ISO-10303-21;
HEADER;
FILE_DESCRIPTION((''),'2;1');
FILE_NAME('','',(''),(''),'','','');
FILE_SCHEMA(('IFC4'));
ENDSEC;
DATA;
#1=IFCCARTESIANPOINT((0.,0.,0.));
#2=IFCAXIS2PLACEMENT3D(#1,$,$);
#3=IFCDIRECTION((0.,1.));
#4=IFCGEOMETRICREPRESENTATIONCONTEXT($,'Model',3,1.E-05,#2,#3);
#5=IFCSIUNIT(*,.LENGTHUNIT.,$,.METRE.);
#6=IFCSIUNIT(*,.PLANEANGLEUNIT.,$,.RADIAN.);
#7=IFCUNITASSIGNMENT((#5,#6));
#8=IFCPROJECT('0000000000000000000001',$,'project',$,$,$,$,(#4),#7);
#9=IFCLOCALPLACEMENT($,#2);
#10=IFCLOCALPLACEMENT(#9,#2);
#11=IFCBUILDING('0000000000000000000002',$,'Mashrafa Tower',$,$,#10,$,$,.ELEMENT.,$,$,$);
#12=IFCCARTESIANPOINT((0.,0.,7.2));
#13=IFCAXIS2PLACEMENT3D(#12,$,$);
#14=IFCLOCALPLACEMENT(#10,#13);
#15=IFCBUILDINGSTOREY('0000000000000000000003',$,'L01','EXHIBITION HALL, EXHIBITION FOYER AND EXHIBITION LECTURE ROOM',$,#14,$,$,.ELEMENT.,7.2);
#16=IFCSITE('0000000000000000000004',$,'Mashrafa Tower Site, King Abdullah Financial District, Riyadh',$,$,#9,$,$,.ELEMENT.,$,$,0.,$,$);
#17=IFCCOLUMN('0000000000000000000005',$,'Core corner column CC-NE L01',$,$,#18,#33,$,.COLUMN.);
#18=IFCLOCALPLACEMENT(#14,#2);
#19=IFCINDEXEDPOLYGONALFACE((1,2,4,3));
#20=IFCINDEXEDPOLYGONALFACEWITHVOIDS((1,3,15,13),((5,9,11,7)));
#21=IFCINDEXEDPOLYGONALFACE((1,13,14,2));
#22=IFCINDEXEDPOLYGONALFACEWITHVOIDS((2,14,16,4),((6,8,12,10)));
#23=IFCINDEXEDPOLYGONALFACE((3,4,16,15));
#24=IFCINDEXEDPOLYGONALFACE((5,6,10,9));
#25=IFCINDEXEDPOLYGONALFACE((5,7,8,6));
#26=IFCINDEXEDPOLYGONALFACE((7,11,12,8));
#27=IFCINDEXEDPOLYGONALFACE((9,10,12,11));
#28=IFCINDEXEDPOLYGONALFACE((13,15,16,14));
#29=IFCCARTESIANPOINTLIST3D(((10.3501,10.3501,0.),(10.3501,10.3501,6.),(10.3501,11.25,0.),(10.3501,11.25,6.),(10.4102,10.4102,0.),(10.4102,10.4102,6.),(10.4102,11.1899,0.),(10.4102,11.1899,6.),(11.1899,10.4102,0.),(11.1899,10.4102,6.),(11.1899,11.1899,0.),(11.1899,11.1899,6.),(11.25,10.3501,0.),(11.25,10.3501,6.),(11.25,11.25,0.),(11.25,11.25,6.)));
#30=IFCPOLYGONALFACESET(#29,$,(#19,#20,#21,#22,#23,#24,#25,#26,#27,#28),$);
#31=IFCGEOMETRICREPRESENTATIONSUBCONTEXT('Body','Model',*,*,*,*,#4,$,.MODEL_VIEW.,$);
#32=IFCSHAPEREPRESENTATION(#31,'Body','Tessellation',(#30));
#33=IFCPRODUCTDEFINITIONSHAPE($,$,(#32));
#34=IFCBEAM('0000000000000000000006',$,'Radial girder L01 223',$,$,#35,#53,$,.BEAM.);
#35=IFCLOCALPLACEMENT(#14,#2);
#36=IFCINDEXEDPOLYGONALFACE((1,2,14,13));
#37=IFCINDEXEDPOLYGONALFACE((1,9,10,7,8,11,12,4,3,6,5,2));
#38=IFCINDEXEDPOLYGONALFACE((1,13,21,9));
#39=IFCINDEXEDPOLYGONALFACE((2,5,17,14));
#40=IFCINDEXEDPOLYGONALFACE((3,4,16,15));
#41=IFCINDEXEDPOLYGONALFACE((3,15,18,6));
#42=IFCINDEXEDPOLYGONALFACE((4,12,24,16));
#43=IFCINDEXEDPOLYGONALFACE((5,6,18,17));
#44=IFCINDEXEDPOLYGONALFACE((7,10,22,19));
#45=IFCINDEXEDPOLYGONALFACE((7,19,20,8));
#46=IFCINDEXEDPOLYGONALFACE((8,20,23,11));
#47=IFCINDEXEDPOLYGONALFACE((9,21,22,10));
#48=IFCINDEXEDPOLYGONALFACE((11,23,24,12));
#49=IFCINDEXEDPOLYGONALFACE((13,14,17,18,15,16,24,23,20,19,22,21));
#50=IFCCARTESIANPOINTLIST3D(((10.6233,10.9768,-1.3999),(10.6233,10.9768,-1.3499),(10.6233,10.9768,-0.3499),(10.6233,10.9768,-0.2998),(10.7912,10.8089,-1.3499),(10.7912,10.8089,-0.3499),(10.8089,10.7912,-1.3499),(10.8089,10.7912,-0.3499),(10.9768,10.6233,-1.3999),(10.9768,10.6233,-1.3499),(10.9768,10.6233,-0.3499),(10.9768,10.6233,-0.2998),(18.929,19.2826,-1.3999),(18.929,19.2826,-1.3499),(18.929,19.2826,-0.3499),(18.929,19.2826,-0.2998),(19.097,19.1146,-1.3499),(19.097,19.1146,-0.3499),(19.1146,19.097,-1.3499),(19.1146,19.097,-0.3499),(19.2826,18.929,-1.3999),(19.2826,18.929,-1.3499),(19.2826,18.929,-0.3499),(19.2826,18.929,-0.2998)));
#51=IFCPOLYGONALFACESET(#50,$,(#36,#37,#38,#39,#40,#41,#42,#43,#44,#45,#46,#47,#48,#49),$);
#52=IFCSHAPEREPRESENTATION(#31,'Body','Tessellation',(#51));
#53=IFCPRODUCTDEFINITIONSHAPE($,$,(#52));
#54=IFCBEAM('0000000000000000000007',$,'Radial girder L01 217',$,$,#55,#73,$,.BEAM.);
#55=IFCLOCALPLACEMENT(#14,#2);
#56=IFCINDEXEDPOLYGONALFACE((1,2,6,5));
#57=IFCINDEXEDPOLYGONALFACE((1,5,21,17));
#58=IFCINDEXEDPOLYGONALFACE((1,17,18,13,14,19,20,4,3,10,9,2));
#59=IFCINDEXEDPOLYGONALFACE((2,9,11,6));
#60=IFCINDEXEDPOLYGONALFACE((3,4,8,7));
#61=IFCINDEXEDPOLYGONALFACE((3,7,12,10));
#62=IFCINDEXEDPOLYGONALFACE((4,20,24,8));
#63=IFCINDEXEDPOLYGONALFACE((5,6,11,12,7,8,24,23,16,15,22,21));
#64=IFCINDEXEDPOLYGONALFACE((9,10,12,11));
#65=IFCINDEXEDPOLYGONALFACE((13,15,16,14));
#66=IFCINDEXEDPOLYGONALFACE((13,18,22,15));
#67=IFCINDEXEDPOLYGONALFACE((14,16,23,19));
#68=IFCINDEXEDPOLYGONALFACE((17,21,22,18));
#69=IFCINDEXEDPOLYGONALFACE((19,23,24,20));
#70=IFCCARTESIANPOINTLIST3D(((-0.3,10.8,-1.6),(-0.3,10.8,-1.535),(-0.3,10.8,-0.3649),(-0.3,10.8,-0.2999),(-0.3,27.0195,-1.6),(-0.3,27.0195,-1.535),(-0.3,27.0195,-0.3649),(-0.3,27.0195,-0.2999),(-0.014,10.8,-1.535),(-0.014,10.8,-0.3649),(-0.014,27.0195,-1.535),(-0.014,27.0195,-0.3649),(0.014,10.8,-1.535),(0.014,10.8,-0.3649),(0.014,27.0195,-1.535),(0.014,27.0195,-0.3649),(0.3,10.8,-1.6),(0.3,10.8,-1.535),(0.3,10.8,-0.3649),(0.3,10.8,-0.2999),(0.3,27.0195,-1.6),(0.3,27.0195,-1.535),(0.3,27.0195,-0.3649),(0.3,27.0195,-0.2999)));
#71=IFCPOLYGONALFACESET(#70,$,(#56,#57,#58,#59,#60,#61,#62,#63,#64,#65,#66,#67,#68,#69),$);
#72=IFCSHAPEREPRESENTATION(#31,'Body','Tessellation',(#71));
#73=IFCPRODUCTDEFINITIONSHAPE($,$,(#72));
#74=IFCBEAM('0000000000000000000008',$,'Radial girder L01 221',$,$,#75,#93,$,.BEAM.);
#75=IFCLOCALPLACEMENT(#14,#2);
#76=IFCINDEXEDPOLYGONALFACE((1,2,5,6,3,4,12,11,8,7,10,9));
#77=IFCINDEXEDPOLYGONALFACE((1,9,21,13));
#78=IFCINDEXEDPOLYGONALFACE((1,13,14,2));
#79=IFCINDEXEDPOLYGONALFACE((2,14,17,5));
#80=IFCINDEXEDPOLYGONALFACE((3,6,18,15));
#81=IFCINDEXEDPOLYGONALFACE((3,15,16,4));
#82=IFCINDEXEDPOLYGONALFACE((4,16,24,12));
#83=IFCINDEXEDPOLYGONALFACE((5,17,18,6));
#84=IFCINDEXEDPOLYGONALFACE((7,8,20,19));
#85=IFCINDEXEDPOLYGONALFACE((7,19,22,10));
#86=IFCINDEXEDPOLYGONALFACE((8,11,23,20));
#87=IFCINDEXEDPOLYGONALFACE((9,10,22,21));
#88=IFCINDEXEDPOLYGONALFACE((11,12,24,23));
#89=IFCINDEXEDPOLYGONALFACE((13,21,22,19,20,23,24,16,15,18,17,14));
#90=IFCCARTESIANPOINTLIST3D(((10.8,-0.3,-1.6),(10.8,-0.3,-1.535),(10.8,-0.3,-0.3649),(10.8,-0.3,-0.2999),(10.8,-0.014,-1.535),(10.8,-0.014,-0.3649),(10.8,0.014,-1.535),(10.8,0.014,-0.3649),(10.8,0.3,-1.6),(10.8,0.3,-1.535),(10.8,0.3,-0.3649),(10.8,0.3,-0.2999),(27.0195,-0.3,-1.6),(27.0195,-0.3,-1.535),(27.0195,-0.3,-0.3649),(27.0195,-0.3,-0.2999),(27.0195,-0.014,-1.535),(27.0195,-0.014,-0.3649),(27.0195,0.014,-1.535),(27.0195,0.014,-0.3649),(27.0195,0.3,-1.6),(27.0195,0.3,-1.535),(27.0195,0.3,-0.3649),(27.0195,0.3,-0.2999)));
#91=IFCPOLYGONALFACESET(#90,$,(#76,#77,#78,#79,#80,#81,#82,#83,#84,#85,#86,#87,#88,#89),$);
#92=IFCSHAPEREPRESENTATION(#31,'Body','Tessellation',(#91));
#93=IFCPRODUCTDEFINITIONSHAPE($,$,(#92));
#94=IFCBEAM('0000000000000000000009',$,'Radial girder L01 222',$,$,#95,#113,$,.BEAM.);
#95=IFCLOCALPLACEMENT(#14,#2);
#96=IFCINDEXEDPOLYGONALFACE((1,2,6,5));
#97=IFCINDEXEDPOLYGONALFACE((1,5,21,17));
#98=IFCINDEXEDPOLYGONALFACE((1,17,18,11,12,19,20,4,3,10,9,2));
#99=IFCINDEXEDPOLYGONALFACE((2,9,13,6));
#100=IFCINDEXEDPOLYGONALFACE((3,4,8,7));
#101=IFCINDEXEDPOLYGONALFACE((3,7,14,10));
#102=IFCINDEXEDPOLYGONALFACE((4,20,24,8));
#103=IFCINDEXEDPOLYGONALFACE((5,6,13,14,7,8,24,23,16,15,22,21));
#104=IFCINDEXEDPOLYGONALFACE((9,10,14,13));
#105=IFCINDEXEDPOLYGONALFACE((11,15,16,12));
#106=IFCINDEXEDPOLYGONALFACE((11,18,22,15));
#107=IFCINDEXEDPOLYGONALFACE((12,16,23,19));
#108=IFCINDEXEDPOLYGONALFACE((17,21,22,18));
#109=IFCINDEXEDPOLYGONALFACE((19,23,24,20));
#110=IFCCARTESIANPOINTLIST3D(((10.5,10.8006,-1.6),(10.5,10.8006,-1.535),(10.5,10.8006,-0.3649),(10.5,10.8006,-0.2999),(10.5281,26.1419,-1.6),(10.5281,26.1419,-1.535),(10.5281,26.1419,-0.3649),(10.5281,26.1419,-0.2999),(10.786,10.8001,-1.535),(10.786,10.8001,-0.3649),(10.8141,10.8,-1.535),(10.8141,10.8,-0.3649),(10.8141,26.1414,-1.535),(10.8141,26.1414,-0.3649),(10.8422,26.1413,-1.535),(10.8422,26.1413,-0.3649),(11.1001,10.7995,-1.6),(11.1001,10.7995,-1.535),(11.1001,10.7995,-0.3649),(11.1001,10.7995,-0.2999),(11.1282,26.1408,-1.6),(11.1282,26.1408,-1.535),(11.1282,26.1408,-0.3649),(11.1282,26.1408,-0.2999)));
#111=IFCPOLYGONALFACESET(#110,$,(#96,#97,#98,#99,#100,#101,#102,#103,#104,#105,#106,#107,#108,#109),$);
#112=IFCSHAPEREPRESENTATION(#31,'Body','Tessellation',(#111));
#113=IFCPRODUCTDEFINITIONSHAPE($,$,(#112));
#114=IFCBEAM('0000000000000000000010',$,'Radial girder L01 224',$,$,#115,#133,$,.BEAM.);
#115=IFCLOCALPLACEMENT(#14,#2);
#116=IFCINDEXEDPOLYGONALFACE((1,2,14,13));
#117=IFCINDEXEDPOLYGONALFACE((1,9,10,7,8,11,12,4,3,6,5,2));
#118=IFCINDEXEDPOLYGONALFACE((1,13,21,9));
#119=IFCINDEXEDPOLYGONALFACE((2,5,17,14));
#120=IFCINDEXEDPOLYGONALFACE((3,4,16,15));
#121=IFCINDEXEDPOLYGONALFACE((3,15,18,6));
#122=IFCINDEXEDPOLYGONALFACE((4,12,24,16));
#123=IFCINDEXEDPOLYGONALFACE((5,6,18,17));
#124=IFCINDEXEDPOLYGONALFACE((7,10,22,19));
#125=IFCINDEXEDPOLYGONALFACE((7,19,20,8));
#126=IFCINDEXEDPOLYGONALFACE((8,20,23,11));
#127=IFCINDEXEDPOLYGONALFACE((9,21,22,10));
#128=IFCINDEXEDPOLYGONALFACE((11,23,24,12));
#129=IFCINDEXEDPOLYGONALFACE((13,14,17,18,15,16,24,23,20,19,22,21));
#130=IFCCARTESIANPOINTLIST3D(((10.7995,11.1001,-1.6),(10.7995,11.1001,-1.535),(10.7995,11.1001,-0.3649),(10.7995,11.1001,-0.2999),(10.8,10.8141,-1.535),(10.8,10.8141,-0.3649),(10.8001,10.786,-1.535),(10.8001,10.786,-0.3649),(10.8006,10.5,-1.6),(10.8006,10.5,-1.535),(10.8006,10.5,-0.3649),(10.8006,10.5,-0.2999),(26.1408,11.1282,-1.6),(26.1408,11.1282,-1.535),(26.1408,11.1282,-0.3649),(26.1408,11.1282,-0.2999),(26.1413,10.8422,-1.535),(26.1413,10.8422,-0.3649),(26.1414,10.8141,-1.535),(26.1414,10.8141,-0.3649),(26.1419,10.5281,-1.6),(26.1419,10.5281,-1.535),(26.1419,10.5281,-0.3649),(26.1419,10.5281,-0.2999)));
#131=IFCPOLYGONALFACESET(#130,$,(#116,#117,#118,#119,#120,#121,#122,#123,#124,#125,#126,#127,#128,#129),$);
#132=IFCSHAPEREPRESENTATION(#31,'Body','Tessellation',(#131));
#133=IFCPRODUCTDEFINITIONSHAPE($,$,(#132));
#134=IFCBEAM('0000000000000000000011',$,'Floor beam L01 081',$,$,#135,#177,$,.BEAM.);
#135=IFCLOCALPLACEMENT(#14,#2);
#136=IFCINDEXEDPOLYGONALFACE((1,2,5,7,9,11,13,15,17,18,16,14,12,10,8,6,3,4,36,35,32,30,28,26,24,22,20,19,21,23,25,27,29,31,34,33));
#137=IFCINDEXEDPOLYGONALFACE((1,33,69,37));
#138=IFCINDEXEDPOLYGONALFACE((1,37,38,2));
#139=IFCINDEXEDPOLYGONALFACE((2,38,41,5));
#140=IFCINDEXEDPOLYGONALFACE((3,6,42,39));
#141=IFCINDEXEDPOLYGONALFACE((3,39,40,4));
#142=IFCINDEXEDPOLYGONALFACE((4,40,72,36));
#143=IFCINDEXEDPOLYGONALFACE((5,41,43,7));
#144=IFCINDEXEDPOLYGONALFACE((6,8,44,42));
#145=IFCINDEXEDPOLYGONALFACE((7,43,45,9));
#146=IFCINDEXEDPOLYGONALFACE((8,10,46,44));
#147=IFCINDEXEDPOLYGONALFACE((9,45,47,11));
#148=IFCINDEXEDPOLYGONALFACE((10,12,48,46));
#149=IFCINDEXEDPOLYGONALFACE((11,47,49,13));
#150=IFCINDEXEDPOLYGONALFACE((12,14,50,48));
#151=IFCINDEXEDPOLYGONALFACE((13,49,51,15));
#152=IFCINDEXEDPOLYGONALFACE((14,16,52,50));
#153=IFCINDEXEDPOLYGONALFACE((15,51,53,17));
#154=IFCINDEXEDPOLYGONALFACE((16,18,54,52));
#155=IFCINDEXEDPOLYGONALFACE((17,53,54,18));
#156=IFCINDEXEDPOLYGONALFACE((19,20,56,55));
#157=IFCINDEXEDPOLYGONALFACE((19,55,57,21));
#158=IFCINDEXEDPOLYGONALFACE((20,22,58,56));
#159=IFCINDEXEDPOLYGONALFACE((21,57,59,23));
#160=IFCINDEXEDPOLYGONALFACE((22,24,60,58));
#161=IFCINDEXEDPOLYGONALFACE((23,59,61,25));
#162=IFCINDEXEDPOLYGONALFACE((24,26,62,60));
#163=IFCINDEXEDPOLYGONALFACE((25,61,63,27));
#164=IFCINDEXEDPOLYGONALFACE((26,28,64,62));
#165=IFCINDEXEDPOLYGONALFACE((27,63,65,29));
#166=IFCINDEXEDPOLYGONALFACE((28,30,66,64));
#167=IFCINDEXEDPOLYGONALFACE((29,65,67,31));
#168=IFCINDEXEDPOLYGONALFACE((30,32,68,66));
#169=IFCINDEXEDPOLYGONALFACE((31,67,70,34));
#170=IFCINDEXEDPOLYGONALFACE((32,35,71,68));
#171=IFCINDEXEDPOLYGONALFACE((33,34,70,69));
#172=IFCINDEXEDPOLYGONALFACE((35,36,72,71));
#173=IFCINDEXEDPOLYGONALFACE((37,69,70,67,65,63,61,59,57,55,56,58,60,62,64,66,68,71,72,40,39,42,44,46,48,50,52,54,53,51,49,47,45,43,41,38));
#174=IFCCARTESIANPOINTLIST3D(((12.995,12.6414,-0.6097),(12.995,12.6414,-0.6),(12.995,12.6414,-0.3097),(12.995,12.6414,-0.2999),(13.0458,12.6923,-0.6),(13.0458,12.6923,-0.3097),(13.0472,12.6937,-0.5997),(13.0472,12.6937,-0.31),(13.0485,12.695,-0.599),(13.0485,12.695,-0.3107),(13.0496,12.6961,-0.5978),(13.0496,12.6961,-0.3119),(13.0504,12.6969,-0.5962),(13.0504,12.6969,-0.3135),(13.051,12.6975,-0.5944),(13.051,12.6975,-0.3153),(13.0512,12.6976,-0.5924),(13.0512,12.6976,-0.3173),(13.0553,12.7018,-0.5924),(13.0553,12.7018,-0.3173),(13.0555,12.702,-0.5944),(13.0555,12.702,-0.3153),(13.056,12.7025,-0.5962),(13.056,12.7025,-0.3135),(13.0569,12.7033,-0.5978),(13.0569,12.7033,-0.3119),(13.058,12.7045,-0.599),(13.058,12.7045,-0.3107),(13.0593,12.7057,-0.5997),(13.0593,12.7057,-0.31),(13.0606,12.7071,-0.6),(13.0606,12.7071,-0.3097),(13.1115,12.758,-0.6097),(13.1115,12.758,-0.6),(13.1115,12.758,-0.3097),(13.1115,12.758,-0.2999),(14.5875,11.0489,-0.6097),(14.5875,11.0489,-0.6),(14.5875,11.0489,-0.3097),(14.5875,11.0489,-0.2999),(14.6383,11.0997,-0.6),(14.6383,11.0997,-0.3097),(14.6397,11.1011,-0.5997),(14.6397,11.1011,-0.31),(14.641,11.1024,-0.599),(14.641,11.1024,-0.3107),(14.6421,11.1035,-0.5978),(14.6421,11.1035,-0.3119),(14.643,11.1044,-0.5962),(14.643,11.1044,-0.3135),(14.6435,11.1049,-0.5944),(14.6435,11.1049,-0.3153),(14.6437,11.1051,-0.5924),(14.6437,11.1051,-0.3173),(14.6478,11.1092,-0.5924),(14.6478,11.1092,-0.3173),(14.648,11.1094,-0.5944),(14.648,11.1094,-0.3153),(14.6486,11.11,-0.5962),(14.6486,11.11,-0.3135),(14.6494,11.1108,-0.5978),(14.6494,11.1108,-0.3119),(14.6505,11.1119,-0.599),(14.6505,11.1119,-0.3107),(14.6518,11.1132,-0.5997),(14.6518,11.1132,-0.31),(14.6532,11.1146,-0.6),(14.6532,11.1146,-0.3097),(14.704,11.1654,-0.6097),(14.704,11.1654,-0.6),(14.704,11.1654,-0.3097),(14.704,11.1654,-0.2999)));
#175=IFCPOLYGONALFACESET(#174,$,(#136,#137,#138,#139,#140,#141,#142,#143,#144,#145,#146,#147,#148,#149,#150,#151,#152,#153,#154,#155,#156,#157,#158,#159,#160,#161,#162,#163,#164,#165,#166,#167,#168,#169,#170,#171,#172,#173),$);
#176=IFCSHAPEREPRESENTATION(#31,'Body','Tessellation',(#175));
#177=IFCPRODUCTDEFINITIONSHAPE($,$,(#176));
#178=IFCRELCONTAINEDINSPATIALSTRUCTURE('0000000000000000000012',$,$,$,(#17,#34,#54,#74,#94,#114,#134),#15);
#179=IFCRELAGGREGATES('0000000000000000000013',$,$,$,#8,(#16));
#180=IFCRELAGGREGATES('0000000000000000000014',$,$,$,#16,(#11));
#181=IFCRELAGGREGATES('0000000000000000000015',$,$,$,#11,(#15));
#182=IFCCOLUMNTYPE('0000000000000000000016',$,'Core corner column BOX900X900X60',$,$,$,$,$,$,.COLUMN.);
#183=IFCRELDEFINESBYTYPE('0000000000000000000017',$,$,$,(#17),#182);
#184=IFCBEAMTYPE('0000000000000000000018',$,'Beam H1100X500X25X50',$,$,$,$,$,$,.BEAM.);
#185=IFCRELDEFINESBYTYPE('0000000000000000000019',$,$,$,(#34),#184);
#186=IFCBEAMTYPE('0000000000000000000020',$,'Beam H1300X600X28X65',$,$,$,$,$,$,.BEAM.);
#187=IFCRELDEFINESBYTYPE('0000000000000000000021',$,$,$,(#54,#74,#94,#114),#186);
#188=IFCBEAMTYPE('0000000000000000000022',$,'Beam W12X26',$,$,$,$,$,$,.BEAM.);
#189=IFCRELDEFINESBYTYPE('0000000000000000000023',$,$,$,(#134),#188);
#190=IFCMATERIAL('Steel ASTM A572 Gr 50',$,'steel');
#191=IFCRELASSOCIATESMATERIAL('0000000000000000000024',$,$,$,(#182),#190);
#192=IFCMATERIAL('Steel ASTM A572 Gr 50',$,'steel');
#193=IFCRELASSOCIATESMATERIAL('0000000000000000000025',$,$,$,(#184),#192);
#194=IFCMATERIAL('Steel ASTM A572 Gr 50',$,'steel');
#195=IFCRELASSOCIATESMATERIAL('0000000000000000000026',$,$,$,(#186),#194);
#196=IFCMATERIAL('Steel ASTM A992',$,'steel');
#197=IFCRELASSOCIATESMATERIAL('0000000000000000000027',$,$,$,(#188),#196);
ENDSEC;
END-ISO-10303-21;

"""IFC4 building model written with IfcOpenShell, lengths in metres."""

from ifc_helpers import new_model, si_unit, direction, frame, origin, origin_2d, place, context, subcontext, project, spatial, hollow_rectangle, i_section, extrude, material, material_profile, profile_set, type_object, element, save


model = new_model("IFC4")

# Units and contexts
model_context = context("Model", 3, precision=1e-05, world=origin(), true_north=direction((0.0, 1.0)))
body_context = subcontext(model_context, "Body", "Model", "MODEL_VIEW")
ifc_project = project(units=[si_unit("LENGTHUNIT", "METRE"), si_unit("PLANEANGLEUNIT", "RADIAN")], contexts=[model_context])

# Site, building, storey
site_placement = place(None, origin())
site = spatial("IfcSite", under=ifc_project, at=site_placement, Name="Mashrafa Tower Site, King Abdullah Financial District, Riyadh", CompositionType="ELEMENT", RefElevation=0.0)
building_placement = place(site_placement, origin())
building = spatial("IfcBuilding", under=site, at=building_placement, Name="Mashrafa Tower", CompositionType="ELEMENT")
storey_placement = place(building_placement, frame((0.0, 0.0, 7.2)))
storey = spatial("IfcBuildingStorey", under=building, at=storey_placement, Name="L01", Description="EXHIBITION HALL, EXHIBITION FOYER AND EXHIBITION LECTURE ROOM", CompositionType="ELEMENT", Elevation=7.2)

# Column
ifc_material_1 = material(Name="Steel ASTM A572 Gr 50", Category="steel")
ifc_material_profile_1 = material_profile(ifc_material_1, hollow_rectangle(XDim=0.8999, YDim=0.8999, WallThickness=0.0601, at=origin_2d()), Name="BOX900X900X60")
ifc_profile_set_1 = profile_set([ifc_material_profile_1], Name="Steel ASTM A572 Gr 50")
column_type = type_object("IfcColumnType", Name="Core corner column BOX900X900X60", PredefinedType="COLUMN", material=ifc_profile_set_1)
column_placement = place(storey_placement, frame((10.8, 10.8, 0.0), z_axis=(0.0, 0.0, 1.0), x_axis=(1.0, 0.0, 0.0)))
element("IfcColumn", 1, at=column_placement, inside=storey, type_object=column_type, Name="Core corner column CC-NE L01", PredefinedType="COLUMN", context=body_context, shape_type="SweptSolid", body=[
    extrude(hollow_rectangle(XDim=0.8999, YDim=0.8999, WallThickness=0.0601, at=origin_2d()), origin(), (0.0, 0.0, 1.0), 6.0),
])

# Beams
ifc_material_2 = material(Name="Steel ASTM A572 Gr 50", Category="steel")
ifc_material_profile_2 = material_profile(ifc_material_2, i_section(OverallWidth=0.5, OverallDepth=1.1001, WebThickness=0.0249, FlangeThickness=0.05, at=origin_2d()), Name="H1100X500X25X50")
ifc_profile_set_2 = profile_set([ifc_material_profile_2], Name="Steel ASTM A572 Gr 50")
beam_type_1 = type_object("IfcBeamType", Name="Beam H1100X500X25X50", PredefinedType="BEAM", material=ifc_profile_set_2)
beam_1_placement = place(storey_placement, frame((10.8, 10.8, -0.8499), z_axis=(0.707107, 0.707107, 0.0), x_axis=(-0.707107, 0.707107, 0.0)))
element("IfcBeam", 2, at=beam_1_placement, inside=storey, type_object=beam_type_1, Name="Radial girder L01 223", PredefinedType="BEAM", context=body_context, shape_type="SweptSolid", body=[
    extrude(i_section(OverallWidth=0.5, OverallDepth=1.1001, WebThickness=0.0249, FlangeThickness=0.05, at=origin_2d()), origin(), (0.0, 0.0, 1.0), 11.7461),
])
ifc_material_3 = material(Name="Steel ASTM A572 Gr 50", Category="steel")
ifc_material_profile_3 = material_profile(ifc_material_3, i_section(OverallWidth=0.6001, OverallDepth=1.3, WebThickness=0.0281, FlangeThickness=0.0649, at=origin_2d()), Name="H1300X600X28X65")
ifc_profile_set_3 = profile_set([ifc_material_profile_3], Name="Steel ASTM A572 Gr 50")
beam_type_2 = type_object("IfcBeamType", Name="Beam H1300X600X28X65", PredefinedType="BEAM", material=ifc_profile_set_3)
for number, where, z_axis, x_axis, name in (
    (3, (0.0, 10.8, -0.95), (0.0, 1.0, 0.0), (-1.0, 0.0, 0.0), "Radial girder L01 217"),
    (4, (10.8, 0.0, -0.95), (1.0, 0.0, 0.0), (0.0, 1.0, 0.0), "Radial girder L01 221"),
):
    element("IfcBeam", number, at=place(storey_placement, frame(where, z_axis=z_axis, x_axis=x_axis)), inside=storey, type_object=beam_type_2, Name=name, PredefinedType="BEAM", context=body_context, shape_type="SweptSolid", body=[
        extrude(i_section(OverallWidth=0.6001, OverallDepth=1.3, WebThickness=0.0281, FlangeThickness=0.0649, at=origin_2d()), origin(), (0.0, 0.0, 1.0), 16.2195),
    ])
for number, where, z_axis, x_axis, name in (
    (5, (10.8, 10.8, -0.95), (0.00183, 0.999998, 0.0), (-0.999998, 0.00183, 0.0), "Radial girder L01 222"),
    (6, (10.8, 10.8, -0.95), (0.999998, 0.00183, 0.0), (-0.00183, 0.999998, 0.0), "Radial girder L01 224"),
):
    element("IfcBeam", number, at=place(storey_placement, frame(where, z_axis=z_axis, x_axis=x_axis)), inside=storey, type_object=beam_type_2, Name=name, PredefinedType="BEAM", context=body_context, shape_type="SweptSolid", body=[
        extrude(i_section(OverallWidth=0.6001, OverallDepth=1.3, WebThickness=0.0281, FlangeThickness=0.0649, at=origin_2d()), origin(), (0.0, 0.0, 1.0), 15.3413),
    ])
ifc_material_4 = material(Name="Steel ASTM A992", Category="steel")
ifc_material_profile_4 = material_profile(ifc_material_4, i_section(OverallWidth=0.1648, OverallDepth=0.3098, WebThickness=0.0059, FlangeThickness=0.0098, FilletRadius=0.0076, at=origin_2d()), Name="W12X26")
ifc_profile_set_4 = profile_set([ifc_material_profile_4], Name="Steel ASTM A992")
beam_type_3 = type_object("IfcBeamType", Name="Beam W12X26", PredefinedType="BEAM", material=ifc_profile_set_4)
beam_2_placement = place(storey_placement, frame((13.0532, 12.6997, -0.4548), z_axis=(0.707107, -0.707107, 0.0), x_axis=(0.707107, 0.707107, 0.0)))
element("IfcBeam", 7, at=beam_2_placement, inside=storey, type_object=beam_type_3, Name="Floor beam L01 081", PredefinedType="BEAM", context=body_context, shape_type="SweptSolid", body=[
    extrude(i_section(OverallWidth=0.1648, OverallDepth=0.3098, WebThickness=0.0059, FlangeThickness=0.0098, FilletRadius=0.0076, at=origin_2d()), origin(), (0.0, 0.0, 1.0), 2.2522),
])

save(model, "model.ifc")
